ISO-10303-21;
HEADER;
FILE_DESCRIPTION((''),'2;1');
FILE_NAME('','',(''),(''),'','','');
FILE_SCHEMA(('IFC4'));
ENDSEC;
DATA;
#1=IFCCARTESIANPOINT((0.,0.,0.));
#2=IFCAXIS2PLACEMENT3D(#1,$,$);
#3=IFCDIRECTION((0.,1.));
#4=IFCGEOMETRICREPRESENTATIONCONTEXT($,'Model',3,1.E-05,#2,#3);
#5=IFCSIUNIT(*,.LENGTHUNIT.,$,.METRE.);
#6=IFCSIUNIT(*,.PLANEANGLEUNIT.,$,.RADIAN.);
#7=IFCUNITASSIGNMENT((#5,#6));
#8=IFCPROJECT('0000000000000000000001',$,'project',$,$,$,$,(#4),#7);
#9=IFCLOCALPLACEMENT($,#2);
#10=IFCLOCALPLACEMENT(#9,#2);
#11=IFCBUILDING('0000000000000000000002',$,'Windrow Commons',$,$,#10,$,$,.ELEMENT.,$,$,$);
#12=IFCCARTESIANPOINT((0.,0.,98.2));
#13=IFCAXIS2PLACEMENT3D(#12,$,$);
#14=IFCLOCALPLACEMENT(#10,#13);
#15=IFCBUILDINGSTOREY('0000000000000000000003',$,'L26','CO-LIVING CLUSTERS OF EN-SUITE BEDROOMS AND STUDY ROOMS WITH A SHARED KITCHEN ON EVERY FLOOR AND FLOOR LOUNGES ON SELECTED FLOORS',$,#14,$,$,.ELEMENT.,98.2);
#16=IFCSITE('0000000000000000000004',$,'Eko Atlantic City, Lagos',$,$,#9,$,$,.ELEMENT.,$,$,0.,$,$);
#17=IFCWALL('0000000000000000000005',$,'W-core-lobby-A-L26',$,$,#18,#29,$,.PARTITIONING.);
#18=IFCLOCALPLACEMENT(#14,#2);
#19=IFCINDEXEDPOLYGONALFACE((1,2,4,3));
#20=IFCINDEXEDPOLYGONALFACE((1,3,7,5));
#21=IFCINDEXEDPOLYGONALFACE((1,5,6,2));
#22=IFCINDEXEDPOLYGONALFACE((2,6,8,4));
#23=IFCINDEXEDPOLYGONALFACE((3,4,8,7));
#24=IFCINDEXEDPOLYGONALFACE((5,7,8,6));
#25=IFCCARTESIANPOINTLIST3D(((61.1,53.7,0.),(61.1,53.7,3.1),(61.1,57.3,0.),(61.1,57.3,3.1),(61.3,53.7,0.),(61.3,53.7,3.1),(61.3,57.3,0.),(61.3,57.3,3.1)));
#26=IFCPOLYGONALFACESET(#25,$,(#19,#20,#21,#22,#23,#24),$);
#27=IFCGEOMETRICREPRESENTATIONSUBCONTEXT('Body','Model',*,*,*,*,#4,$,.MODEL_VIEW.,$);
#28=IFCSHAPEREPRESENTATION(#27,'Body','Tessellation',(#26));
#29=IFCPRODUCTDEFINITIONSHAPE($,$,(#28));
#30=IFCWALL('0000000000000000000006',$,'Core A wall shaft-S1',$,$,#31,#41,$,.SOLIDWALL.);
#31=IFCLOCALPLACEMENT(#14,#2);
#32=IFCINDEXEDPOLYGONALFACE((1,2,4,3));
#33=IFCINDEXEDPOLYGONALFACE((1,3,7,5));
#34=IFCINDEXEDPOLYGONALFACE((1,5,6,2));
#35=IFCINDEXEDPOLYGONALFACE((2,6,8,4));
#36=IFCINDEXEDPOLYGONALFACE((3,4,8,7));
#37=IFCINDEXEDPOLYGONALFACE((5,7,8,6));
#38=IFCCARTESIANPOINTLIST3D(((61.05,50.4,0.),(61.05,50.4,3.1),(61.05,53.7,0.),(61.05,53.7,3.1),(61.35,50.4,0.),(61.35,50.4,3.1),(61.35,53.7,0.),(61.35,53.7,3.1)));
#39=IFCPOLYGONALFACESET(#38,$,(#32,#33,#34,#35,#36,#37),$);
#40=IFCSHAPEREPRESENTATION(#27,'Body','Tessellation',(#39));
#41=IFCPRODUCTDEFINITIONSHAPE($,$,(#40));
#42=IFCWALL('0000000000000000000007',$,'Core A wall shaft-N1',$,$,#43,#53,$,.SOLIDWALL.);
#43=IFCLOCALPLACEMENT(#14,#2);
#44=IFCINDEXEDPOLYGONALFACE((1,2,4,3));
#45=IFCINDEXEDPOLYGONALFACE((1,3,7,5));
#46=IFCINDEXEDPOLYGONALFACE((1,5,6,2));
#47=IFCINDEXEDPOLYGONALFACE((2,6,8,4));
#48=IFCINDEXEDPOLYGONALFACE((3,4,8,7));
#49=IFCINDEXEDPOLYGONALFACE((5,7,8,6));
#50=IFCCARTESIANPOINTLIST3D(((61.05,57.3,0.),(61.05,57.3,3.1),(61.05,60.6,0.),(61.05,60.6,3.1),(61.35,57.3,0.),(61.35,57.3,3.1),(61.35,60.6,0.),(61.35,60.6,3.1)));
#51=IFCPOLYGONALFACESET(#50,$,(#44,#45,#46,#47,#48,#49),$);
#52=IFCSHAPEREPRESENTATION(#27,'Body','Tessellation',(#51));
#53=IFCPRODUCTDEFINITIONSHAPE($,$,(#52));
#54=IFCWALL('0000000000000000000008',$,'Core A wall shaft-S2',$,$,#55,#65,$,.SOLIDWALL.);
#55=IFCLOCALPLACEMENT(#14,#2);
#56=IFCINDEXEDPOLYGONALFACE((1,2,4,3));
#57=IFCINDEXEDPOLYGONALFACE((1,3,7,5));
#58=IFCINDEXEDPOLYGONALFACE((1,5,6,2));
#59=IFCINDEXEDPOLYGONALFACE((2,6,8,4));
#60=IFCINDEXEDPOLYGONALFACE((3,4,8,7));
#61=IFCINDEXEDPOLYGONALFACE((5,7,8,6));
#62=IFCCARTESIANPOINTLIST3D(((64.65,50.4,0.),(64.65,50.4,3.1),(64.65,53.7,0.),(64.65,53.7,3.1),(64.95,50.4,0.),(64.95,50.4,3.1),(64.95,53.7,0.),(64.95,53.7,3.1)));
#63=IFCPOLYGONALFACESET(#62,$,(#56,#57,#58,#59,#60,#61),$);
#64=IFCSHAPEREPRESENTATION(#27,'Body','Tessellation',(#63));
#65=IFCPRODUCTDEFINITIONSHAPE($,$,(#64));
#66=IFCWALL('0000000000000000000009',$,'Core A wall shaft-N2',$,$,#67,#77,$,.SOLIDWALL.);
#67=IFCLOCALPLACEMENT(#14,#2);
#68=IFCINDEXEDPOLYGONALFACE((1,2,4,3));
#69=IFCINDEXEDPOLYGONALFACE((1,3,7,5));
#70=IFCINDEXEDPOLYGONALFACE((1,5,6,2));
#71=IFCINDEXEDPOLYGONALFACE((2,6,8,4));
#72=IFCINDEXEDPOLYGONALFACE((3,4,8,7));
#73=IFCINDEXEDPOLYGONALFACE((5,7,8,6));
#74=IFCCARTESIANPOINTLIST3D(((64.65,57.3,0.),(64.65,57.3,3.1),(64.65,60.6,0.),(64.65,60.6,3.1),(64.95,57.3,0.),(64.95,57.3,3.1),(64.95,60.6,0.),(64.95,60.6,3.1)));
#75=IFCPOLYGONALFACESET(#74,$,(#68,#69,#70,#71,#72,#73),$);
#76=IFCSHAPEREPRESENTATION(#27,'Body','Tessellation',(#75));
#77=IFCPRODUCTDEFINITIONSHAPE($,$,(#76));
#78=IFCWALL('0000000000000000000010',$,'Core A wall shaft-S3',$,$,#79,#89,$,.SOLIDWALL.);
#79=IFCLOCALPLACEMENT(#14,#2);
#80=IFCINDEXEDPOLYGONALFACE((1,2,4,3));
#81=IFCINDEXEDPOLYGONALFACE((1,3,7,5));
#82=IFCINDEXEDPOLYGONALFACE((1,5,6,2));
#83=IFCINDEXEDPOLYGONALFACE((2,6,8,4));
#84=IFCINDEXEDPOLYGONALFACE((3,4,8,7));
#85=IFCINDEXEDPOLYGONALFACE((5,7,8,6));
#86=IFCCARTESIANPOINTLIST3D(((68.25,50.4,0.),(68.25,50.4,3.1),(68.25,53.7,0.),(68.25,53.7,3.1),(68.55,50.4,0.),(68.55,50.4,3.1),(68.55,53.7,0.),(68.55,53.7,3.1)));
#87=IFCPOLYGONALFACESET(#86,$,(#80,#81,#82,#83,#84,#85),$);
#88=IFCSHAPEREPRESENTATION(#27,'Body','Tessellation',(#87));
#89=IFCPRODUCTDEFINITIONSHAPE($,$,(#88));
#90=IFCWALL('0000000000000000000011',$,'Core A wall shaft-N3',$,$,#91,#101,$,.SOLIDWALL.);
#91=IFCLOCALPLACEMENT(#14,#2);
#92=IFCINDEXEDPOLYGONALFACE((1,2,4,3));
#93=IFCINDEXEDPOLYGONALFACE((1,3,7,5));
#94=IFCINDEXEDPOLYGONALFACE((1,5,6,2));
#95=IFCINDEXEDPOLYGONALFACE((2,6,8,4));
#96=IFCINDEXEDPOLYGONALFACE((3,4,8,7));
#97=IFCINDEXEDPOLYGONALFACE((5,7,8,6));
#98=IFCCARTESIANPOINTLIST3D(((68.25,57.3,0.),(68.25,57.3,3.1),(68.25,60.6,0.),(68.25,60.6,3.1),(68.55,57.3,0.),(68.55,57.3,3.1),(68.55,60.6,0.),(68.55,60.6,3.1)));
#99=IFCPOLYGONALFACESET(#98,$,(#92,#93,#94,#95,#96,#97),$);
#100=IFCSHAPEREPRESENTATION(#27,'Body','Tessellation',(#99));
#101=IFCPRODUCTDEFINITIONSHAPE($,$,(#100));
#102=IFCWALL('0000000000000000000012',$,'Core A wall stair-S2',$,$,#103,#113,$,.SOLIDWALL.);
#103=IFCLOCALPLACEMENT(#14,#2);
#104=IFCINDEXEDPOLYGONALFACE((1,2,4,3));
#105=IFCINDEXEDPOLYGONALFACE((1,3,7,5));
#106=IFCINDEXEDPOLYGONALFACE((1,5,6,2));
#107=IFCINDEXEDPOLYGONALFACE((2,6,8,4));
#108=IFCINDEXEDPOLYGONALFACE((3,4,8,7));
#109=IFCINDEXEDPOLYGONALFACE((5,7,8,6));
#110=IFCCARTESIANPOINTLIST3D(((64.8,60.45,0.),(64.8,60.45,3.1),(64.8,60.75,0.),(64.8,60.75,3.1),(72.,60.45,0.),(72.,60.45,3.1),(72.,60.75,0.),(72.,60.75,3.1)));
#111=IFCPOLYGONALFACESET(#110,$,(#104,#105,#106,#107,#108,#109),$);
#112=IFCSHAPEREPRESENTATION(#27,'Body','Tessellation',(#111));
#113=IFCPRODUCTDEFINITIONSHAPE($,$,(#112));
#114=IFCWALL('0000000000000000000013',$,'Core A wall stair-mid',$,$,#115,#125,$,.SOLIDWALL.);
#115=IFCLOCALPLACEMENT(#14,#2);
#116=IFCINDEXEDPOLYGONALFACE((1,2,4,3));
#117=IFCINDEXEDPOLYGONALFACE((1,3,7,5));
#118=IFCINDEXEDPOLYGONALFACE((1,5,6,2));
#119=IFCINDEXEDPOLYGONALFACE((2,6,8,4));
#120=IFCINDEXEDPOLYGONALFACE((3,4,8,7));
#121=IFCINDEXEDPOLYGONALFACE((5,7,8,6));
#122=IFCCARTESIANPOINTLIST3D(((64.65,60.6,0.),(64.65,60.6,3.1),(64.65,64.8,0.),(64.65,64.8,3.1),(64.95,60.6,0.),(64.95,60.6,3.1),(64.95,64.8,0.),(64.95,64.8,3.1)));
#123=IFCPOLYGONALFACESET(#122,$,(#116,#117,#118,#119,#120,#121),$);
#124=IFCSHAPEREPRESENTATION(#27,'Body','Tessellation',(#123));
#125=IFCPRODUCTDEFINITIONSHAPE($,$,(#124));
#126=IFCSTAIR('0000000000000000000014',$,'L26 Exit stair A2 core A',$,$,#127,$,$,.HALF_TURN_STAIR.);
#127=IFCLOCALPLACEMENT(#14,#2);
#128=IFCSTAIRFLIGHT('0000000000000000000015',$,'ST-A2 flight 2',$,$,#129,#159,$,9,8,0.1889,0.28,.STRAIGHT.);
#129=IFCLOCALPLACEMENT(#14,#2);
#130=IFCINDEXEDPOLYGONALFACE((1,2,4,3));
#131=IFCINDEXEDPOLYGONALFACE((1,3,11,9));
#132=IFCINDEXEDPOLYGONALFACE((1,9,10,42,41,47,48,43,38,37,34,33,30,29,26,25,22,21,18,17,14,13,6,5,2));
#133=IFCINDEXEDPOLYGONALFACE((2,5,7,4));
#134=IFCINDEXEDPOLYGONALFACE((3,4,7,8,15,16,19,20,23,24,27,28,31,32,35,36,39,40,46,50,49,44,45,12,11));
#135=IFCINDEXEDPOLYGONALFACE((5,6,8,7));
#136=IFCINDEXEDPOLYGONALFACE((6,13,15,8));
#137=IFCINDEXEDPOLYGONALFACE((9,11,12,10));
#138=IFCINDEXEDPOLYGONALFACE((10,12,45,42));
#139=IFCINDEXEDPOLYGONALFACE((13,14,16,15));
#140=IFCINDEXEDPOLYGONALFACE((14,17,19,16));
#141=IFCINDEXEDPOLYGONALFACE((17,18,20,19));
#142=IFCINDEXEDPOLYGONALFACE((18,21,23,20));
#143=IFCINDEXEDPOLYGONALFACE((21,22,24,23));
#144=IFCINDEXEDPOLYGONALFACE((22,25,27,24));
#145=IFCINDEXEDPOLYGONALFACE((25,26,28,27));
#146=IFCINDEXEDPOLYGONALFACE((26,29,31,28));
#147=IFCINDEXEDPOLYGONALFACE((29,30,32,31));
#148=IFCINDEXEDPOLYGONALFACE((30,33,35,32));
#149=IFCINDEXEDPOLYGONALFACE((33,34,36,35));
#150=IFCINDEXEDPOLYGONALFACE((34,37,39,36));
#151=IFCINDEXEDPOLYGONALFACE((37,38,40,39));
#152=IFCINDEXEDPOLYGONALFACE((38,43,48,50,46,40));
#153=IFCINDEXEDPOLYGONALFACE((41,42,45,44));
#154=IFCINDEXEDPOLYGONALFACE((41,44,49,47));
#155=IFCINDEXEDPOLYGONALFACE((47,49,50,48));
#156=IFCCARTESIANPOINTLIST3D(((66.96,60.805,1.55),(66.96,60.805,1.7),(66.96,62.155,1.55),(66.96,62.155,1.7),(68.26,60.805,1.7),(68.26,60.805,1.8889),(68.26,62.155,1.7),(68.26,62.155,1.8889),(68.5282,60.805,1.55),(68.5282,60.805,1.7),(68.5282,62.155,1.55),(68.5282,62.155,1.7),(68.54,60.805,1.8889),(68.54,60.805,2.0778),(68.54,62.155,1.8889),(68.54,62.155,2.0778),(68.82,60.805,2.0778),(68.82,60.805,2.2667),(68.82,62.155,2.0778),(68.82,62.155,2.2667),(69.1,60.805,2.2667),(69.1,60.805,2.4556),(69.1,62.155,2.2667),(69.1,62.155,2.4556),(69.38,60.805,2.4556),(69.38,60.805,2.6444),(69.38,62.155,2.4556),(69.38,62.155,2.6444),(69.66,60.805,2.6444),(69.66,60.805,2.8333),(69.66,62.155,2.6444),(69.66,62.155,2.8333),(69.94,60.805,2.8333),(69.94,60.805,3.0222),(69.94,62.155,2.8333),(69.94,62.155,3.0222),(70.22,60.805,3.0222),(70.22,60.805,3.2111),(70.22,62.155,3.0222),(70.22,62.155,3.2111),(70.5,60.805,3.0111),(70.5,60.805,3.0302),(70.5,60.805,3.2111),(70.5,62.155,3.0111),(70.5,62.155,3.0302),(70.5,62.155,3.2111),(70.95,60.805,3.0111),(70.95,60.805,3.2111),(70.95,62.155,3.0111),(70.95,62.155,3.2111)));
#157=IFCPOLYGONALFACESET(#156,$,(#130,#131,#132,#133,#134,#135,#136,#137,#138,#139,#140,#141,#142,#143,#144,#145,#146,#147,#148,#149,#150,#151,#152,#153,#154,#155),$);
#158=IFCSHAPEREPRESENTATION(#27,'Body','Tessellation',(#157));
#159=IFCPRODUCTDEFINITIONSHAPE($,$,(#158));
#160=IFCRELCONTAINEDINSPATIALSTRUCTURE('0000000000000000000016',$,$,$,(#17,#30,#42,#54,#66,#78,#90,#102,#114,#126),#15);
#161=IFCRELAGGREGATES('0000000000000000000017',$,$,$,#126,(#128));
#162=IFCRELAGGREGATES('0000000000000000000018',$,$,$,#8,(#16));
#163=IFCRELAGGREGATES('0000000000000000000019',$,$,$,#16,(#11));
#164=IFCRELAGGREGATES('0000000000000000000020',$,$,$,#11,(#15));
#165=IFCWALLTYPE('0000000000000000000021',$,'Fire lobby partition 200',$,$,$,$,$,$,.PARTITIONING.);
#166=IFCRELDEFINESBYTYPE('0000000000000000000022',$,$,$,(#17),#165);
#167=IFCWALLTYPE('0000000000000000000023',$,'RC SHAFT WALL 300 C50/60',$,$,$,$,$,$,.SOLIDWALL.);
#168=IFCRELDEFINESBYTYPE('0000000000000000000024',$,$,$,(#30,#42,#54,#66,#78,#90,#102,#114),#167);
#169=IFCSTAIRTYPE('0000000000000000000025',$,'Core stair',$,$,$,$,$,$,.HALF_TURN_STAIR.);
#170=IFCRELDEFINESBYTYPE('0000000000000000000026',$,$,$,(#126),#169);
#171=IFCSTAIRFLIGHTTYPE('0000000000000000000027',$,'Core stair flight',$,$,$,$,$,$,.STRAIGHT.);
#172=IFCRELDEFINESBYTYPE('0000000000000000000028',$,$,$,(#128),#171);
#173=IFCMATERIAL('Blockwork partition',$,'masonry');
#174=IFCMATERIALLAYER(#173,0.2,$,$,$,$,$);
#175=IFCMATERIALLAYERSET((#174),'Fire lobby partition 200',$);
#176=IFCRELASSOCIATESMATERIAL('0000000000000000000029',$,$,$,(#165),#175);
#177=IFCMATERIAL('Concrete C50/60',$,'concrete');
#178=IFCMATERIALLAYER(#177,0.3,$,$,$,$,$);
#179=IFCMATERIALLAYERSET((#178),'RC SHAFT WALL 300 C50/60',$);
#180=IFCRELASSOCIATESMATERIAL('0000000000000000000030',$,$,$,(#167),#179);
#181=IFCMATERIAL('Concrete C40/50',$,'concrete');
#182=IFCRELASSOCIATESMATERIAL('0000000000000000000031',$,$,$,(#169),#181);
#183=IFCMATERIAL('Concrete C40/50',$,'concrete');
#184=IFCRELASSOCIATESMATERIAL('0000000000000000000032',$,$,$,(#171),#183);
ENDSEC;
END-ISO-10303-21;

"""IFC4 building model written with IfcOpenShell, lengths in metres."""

from ifc_helpers import new_model, si_unit, direction, frame, frame_2d, origin, place, context, subcontext, project, spatial, polyline, rectangle, outline, extrude, material, layer, layer_set, type_object, element, aggregate, save


model = new_model("IFC4")

# Units and contexts
model_context = context("Model", 3, precision=1e-05, world=origin(), true_north=direction((0.0, 1.0)))
body_context = subcontext(model_context, "Body", "Model", "MODEL_VIEW")
ifc_project = project(units=[si_unit("LENGTHUNIT", "METRE"), si_unit("PLANEANGLEUNIT", "RADIAN")], contexts=[model_context])

# Site, building, storey
site_placement = place(None, origin())
site = spatial("IfcSite", under=ifc_project, at=site_placement, Name="Eko Atlantic City, Lagos", CompositionType="ELEMENT", RefElevation=0.0)
building_placement = place(site_placement, origin())
building = spatial("IfcBuilding", under=site, at=building_placement, Name="Windrow Commons", CompositionType="ELEMENT")
storey_placement = place(building_placement, frame((0.0, 0.0, 98.2)))
storey = spatial("IfcBuildingStorey", under=building, at=storey_placement, Name="L26", Description="CO-LIVING CLUSTERS OF EN-SUITE BEDROOMS AND STUDY ROOMS WITH A SHARED KITCHEN ON EVERY FLOOR AND FLOOR LOUNGES ON SELECTED FLOORS", CompositionType="ELEMENT", Elevation=98.2)

# Walls
ifc_material_1 = material(Name="Blockwork partition", Category="masonry")
ifc_layer_1 = layer(ifc_material_1, 0.2)
ifc_layer_set_1 = layer_set([ifc_layer_1], Name="Fire lobby partition 200")
wall_type_1 = type_object("IfcWallType", Name="Fire lobby partition 200", PredefinedType="PARTITIONING", material=ifc_layer_set_1)
wall_1_placement = place(storey_placement, frame((61.2, 53.7, 0.0), z_axis=(0.0, 0.0, 1.0), x_axis=(0.0, 1.0, 0.0)))
element("IfcWall", 1, at=wall_1_placement, inside=storey, type_object=wall_type_1, Name="W-core-lobby-A-L26", PredefinedType="PARTITIONING", context=body_context, shape_type="SweptSolid", body=[
    extrude(rectangle(XDim=3.6, YDim=0.2, at=frame_2d((1.8, 0.0))), origin(), (0.0, 0.0, 1.0), 3.1),
])
ifc_material_2 = material(Name="Concrete C50/60", Category="concrete")
ifc_layer_2 = layer(ifc_material_2, 0.3)
ifc_layer_set_2 = layer_set([ifc_layer_2], Name="RC SHAFT WALL 300 C50/60")
wall_type_2 = type_object("IfcWallType", Name="RC SHAFT WALL 300 C50/60", PredefinedType="SOLIDWALL", material=ifc_layer_set_2)
for number, where, z_axis, x_axis, name in (
    (2, (61.2, 50.4, 0.0), (0.0, 0.0, 1.0), (0.0, 1.0, 0.0), "Core A wall shaft-S1"),
    (3, (61.2, 57.3, 0.0), (0.0, 0.0, 1.0), (0.0, 1.0, 0.0), "Core A wall shaft-N1"),
    (4, (64.8, 50.4, 0.0), (0.0, 0.0, 1.0), (0.0, 1.0, 0.0), "Core A wall shaft-S2"),
    (5, (64.8, 57.3, 0.0), (0.0, 0.0, 1.0), (0.0, 1.0, 0.0), "Core A wall shaft-N2"),
    (6, (68.4, 50.4, 0.0), (0.0, 0.0, 1.0), (0.0, 1.0, 0.0), "Core A wall shaft-S3"),
    (7, (68.4, 57.3, 0.0), (0.0, 0.0, 1.0), (0.0, 1.0, 0.0), "Core A wall shaft-N3"),
):
    element("IfcWall", number, at=place(storey_placement, frame(where, z_axis=z_axis, x_axis=x_axis)), inside=storey, type_object=wall_type_2, Name=name, PredefinedType="SOLIDWALL", context=body_context, shape_type="SweptSolid", body=[
        extrude(rectangle(XDim=3.3, YDim=0.3, at=frame_2d((1.65, 0.0))), origin(), (0.0, 0.0, 1.0), 3.1),
    ])
wall_2_placement = place(storey_placement, frame((64.8, 60.6, 0.0), z_axis=(0.0, 0.0, 1.0), x_axis=(1.0, 0.0, 0.0)))
element("IfcWall", 8, at=wall_2_placement, inside=storey, type_object=wall_type_2, Name="Core A wall stair-S2", PredefinedType="SOLIDWALL", context=body_context, shape_type="SweptSolid", body=[
    extrude(rectangle(XDim=7.2, YDim=0.3, at=frame_2d((3.6, 0.0))), origin(), (0.0, 0.0, 1.0), 3.1),
])
wall_3_placement = place(storey_placement, frame((64.8, 60.6, 0.0), z_axis=(0.0, 0.0, 1.0), x_axis=(0.0, 1.0, 0.0)))
element("IfcWall", 9, at=wall_3_placement, inside=storey, type_object=wall_type_2, Name="Core A wall stair-mid", PredefinedType="SOLIDWALL", context=body_context, shape_type="SweptSolid", body=[
    extrude(rectangle(XDim=4.2, YDim=0.3, at=frame_2d((2.1, 0.0))), origin(), (0.0, 0.0, 1.0), 3.1),
])

# Stair, stair flight
ifc_material_3 = material(Name="Concrete C40/50", Category="concrete")
stair_type = type_object("IfcStairType", Name="Core stair", PredefinedType="HALF_TURN_STAIR", material=ifc_material_3)
stair_placement = place(storey_placement, origin())
stair = element("IfcStair", 10, at=stair_placement, inside=storey, type_object=stair_type, Name="L26 Exit stair A2 core A", PredefinedType="HALF_TURN_STAIR")
ifc_material_4 = material(Name="Concrete C40/50", Category="concrete")
stair_flight_type = type_object("IfcStairFlightType", Name="Core stair flight", PredefinedType="STRAIGHT", material=ifc_material_4)
stair_flight_placement = place(storey_placement, frame((68.26, 61.48, 1.7), z_axis=(0.0, 0.0, 1.0), x_axis=(1.0, 0.0, 0.0)))
stair_flight = element("IfcStairFlight", 11, at=stair_flight_placement, type_object=stair_flight_type, Name="ST-A2 flight 2", NumberOfRisers=9, NumberOfTreads=8, PredefinedType="STRAIGHT", RiserHeight=0.1889, TreadLength=0.28, context=body_context, shape_type="SweptSolid", body=[
    extrude(outline(polyline([(-1.3, -0.15), (-1.3, 0.0), (0.0, 0.0), (0.0, 0.1889), (0.28, 0.1889), (0.28, 0.3778), (0.56, 0.3778), (0.56, 0.5667), (0.84, 0.5667), (0.84, 0.7556), (1.12, 0.7556), (1.12, 0.9444), (1.4, 0.9444), (1.4, 1.1333), (1.68, 1.1333), (1.68, 1.3222), (1.96, 1.3222), (1.96, 1.5111), (2.24, 1.5111), (2.69, 1.5111), (2.69, 1.3111), (2.24, 1.3111), (2.24, 1.3302), (0.2682, 0.0), (0.2682, -0.15), (-1.3, -0.15)])), frame((0.0, 0.675, 0.0), z_axis=(0.0, -1.0, 0.0), x_axis=(1.0, 0.0, 0.0)), (0.0, 0.0, 1.0), 1.35),
])
aggregate(stair, [stair_flight])

save(model, "model.ifc")
